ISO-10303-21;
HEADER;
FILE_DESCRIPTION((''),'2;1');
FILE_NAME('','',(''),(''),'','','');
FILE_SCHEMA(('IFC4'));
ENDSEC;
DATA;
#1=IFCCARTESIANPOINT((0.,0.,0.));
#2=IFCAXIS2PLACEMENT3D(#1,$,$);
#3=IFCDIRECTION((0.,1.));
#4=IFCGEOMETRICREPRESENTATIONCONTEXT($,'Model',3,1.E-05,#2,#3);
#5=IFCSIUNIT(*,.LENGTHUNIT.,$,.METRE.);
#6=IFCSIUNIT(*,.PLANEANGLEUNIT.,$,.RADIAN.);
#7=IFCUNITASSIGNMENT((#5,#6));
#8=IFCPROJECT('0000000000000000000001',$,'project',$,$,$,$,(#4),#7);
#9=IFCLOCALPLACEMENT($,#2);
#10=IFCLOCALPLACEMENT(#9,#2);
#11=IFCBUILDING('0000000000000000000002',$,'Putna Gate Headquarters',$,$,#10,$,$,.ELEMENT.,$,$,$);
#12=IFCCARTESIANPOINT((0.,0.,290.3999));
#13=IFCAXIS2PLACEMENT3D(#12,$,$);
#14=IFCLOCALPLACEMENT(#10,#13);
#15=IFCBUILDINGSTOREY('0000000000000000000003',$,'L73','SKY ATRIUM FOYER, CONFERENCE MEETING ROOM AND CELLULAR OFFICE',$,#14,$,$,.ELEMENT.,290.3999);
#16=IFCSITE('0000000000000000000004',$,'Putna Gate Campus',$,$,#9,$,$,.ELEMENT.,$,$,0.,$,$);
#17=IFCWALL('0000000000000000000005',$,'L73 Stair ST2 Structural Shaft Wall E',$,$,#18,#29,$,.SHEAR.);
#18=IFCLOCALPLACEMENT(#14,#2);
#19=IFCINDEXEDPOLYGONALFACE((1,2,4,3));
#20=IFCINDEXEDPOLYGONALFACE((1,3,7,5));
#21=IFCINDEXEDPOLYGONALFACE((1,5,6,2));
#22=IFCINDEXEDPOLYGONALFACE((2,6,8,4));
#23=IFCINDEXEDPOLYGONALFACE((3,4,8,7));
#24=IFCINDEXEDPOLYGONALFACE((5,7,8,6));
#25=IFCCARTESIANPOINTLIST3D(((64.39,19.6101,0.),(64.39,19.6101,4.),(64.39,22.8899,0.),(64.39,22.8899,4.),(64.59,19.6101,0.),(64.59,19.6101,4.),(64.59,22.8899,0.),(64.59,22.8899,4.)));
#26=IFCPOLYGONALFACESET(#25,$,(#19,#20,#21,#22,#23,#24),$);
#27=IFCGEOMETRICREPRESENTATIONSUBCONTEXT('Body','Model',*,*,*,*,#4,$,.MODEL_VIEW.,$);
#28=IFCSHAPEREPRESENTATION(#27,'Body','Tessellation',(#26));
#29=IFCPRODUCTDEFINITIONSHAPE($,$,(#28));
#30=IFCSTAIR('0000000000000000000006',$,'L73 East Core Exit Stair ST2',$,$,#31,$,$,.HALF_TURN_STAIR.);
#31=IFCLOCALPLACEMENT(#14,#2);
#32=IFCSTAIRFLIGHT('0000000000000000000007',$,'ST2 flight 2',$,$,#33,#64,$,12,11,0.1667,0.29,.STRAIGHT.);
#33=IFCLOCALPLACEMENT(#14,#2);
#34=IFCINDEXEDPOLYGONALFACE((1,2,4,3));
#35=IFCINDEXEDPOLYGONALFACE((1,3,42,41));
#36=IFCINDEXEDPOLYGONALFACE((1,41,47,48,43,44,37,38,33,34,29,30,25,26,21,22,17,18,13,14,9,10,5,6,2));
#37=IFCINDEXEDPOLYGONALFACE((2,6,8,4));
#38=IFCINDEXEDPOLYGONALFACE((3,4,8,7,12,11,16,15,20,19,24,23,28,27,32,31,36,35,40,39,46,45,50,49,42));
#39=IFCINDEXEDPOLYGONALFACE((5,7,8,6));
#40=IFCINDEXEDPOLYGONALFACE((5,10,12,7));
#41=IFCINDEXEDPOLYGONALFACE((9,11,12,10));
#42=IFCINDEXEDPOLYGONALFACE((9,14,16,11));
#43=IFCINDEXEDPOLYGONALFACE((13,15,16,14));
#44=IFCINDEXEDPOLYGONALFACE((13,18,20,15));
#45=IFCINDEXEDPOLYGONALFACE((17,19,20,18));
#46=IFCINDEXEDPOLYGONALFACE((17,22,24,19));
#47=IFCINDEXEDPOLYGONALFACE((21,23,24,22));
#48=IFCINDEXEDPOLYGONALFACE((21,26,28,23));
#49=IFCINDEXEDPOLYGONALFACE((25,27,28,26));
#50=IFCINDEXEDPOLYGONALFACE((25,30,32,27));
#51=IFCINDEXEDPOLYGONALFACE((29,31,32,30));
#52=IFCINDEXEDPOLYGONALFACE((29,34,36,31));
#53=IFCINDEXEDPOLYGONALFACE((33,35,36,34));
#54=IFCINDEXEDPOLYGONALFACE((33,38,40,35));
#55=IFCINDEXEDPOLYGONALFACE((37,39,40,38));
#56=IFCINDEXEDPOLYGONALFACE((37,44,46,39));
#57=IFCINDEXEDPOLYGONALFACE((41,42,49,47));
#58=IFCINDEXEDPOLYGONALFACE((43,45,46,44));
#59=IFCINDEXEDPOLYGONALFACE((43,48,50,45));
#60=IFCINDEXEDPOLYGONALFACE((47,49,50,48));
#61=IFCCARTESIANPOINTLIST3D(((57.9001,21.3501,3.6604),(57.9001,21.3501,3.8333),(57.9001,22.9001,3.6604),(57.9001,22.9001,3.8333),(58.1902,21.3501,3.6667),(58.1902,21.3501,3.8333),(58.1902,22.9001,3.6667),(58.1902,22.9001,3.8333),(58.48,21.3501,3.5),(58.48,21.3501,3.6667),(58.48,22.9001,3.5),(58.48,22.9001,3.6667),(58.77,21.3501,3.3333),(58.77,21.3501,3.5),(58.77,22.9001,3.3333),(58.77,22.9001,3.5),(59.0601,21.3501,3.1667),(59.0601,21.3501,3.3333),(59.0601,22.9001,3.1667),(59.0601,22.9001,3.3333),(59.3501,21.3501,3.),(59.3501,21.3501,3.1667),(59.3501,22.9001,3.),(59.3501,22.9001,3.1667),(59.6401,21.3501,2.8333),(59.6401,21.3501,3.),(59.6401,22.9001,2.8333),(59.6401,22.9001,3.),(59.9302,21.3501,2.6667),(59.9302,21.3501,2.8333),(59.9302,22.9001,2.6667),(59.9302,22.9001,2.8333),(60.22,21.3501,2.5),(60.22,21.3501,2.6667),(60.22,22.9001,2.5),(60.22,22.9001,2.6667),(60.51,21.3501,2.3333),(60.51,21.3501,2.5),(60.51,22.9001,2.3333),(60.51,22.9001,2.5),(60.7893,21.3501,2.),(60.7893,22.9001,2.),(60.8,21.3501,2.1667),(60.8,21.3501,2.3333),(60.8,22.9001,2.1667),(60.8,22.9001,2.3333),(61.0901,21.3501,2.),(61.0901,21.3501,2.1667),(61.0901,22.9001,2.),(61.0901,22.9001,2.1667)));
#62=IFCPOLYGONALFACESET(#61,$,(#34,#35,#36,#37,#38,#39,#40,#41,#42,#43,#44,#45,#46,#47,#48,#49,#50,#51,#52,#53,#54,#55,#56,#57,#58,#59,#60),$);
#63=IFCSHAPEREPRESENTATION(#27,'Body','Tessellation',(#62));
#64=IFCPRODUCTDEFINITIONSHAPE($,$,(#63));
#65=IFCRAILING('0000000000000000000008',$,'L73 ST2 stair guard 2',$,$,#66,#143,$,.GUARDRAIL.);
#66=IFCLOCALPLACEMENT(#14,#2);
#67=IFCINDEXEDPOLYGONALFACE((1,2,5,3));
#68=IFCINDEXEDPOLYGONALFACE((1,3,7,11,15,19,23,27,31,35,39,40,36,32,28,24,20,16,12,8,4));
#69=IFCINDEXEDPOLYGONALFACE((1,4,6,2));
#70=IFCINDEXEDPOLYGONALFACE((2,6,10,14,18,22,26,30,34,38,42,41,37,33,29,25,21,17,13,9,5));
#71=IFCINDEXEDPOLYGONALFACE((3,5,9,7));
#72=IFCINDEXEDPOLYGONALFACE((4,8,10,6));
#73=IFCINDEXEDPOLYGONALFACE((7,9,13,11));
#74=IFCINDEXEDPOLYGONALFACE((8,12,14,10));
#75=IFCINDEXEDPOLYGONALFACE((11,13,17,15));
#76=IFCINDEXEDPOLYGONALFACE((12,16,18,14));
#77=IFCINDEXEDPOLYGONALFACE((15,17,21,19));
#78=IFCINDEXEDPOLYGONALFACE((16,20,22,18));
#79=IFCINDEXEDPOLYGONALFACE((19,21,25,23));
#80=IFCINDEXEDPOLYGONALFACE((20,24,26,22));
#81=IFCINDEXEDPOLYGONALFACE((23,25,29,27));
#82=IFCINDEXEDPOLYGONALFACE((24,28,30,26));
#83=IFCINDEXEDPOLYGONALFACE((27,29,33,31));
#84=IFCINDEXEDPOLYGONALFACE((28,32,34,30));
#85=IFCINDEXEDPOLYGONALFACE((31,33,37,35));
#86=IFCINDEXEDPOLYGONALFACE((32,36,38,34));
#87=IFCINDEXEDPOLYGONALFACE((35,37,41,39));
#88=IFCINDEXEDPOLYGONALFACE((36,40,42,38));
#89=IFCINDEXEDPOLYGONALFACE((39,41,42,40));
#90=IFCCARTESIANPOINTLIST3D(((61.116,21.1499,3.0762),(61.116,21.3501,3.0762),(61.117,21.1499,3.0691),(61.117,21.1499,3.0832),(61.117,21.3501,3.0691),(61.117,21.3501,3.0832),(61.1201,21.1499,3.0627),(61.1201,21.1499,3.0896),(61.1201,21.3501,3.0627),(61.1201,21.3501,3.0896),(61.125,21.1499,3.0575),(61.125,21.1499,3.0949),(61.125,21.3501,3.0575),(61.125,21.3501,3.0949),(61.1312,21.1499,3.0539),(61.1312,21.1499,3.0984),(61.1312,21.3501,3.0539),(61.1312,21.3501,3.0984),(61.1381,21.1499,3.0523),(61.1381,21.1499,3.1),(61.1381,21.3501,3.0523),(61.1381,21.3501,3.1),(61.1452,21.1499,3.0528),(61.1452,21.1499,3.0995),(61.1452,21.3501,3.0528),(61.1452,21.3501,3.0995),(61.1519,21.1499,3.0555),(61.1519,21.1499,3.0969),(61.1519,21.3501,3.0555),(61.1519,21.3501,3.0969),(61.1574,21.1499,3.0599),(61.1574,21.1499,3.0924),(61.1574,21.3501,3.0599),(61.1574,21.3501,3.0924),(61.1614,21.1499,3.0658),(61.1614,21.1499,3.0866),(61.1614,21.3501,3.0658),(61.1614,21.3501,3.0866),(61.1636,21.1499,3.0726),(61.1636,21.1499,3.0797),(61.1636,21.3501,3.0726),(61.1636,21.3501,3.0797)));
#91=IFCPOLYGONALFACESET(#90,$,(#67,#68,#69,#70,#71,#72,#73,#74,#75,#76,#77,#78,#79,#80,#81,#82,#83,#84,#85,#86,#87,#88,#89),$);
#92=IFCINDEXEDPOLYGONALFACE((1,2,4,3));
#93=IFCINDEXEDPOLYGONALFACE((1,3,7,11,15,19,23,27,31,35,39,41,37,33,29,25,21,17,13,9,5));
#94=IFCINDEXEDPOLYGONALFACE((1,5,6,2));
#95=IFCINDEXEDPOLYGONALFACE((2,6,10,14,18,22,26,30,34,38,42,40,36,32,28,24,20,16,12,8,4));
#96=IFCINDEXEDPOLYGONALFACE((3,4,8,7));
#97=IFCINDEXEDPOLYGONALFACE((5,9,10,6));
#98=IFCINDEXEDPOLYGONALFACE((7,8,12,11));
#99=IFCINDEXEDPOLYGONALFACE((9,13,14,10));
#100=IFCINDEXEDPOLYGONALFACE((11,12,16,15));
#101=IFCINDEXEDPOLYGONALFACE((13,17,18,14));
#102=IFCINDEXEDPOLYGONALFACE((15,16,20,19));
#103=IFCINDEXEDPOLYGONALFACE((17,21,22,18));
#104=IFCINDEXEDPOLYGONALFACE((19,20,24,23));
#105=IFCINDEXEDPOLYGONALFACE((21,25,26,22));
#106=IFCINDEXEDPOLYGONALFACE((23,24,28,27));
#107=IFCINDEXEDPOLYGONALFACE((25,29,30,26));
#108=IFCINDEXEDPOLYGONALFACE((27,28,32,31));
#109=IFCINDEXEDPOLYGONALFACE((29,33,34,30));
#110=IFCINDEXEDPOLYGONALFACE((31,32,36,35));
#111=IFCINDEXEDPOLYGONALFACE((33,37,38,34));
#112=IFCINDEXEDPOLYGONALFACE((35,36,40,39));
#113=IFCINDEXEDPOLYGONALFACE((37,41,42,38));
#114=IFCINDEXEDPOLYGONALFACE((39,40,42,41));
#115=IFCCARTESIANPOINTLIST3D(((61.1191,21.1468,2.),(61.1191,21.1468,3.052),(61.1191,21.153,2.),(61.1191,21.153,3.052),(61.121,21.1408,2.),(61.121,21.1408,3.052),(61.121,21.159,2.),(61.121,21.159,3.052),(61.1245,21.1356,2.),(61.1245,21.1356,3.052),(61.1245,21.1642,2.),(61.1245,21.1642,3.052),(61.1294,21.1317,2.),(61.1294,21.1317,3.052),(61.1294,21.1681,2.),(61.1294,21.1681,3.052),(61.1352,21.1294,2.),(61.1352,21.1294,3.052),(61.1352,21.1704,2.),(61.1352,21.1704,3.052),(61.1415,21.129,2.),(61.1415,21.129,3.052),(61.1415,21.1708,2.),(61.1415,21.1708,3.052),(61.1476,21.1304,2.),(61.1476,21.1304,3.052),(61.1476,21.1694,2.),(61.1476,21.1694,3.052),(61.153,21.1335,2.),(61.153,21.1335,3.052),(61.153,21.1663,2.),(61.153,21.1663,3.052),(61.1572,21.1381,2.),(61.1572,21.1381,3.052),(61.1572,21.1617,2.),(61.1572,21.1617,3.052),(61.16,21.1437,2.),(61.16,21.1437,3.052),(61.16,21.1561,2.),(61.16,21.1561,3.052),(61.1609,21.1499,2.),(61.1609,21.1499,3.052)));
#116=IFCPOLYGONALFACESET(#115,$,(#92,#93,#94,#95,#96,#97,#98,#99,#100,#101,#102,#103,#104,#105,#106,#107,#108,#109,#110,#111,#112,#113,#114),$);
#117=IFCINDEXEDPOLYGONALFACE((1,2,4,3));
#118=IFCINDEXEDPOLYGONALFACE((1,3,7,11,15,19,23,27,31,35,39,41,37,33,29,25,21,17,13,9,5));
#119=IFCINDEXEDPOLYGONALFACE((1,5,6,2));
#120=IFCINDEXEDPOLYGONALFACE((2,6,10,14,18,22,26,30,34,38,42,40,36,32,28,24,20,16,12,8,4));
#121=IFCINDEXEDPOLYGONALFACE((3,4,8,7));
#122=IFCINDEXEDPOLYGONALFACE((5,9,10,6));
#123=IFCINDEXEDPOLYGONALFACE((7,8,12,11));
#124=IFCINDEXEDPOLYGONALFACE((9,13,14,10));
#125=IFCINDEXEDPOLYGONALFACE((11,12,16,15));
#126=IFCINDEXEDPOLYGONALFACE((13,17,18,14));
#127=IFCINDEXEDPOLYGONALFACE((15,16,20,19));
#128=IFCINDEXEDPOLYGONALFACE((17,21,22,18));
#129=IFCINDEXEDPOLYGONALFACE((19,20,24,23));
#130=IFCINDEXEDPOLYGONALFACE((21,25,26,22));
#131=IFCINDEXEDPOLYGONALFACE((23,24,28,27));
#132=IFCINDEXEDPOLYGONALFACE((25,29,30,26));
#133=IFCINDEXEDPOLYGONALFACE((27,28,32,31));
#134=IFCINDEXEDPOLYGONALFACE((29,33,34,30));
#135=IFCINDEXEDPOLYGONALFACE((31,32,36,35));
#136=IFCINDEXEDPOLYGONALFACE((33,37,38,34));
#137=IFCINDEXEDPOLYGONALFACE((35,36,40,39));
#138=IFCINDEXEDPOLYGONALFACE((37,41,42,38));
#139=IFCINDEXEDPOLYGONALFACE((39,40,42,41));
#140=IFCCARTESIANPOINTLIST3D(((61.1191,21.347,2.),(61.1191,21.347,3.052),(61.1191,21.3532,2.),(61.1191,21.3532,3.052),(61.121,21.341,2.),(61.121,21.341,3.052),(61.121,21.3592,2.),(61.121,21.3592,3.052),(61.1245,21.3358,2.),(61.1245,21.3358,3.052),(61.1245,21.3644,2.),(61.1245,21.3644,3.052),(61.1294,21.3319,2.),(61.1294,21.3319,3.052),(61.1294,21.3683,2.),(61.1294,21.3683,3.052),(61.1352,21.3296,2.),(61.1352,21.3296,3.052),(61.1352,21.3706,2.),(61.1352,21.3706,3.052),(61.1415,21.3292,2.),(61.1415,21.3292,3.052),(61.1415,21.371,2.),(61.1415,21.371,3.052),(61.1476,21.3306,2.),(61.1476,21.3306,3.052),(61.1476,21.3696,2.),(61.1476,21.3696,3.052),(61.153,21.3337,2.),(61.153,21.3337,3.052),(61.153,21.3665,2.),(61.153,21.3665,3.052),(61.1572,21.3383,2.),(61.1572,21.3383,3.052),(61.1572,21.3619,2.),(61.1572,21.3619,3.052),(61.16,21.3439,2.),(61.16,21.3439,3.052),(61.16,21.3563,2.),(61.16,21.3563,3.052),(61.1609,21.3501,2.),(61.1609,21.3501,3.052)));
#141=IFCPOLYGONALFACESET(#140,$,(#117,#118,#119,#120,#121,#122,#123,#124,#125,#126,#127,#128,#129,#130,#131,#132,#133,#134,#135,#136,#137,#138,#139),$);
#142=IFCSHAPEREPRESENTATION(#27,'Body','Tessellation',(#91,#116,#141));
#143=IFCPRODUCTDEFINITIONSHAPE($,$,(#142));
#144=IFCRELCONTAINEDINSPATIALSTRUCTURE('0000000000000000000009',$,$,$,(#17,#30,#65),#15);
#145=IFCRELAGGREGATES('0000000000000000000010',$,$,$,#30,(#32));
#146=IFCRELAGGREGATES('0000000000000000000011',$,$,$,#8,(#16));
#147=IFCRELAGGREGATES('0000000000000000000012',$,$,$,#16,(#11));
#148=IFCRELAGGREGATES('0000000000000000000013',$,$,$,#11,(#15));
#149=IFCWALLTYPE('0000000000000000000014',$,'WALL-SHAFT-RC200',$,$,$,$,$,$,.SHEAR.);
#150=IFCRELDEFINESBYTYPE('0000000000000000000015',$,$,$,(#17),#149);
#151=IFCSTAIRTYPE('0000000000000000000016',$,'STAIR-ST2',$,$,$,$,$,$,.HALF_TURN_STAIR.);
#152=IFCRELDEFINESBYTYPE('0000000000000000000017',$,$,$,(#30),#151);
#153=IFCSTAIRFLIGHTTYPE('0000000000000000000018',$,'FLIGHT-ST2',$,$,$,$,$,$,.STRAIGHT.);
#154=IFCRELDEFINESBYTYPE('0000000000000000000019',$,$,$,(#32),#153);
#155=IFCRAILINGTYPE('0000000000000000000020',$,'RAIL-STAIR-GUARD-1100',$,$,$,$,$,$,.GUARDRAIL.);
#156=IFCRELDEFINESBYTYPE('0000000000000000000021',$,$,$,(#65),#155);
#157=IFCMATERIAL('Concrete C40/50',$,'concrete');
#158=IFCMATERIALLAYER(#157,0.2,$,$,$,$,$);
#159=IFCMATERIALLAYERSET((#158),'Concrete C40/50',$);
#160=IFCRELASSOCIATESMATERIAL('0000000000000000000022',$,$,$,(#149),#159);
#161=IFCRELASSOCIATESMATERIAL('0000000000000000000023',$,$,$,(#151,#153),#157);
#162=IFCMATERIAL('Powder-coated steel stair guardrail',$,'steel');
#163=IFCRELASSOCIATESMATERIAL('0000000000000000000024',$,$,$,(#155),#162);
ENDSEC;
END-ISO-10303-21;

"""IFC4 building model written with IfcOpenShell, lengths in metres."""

from ifc_helpers import new_model, si_unit, direction, frame, frame_2d, origin, origin_2d, place, context, subcontext, project, spatial, polyline, rectangle, circle, outline, extrude, material, layer, layer_set, type_object, element, aggregate, save


model = new_model("IFC4")

# Units and contexts
model_context = context("Model", 3, precision=1e-05, world=origin(), true_north=direction((0.0, 1.0)))
body_context = subcontext(model_context, "Body", "Model", "MODEL_VIEW")
ifc_project = project(units=[si_unit("LENGTHUNIT", "METRE"), si_unit("PLANEANGLEUNIT", "RADIAN")], contexts=[model_context])

# Site, building, storey
site_placement = place(None, origin())
site = spatial("IfcSite", under=ifc_project, at=site_placement, Name="Putna Gate Campus", CompositionType="ELEMENT", RefElevation=0.0)
building_placement = place(site_placement, origin())
building = spatial("IfcBuilding", under=site, at=building_placement, Name="Putna Gate Headquarters", CompositionType="ELEMENT")
storey_placement = place(building_placement, frame((0.0, 0.0, 290.3999)))
storey = spatial("IfcBuildingStorey", under=building, at=storey_placement, Name="L73", Description="SKY ATRIUM FOYER, CONFERENCE MEETING ROOM AND CELLULAR OFFICE", CompositionType="ELEMENT", Elevation=290.3999)

# Wall
ifc_material_1 = material(Name="Concrete C40/50", Category="concrete")
ifc_layer_1 = layer(ifc_material_1, 0.2)
ifc_layer_set_1 = layer_set([ifc_layer_1], Name="Concrete C40/50")
wall_type_1 = type_object("IfcWallType", Name="WALL-SHAFT-RC200", PredefinedType="SHEAR", material=ifc_layer_set_1)
wall_1_placement = place(storey_placement, frame((64.49, 19.6101, 0.0), z_axis=(0.0, 0.0, 1.0), x_axis=(0.0, 1.0, 0.0)))
element("IfcWall", 1, at=wall_1_placement, inside=storey, type_object=wall_type_1, Name="L73 Stair ST2 Structural Shaft Wall E", PredefinedType="SHEAR", context=body_context, shape_type="SweptSolid", body=[
    extrude(rectangle(XDim=3.2798, YDim=0.2, at=frame_2d((1.6399, 0.0))), origin(), (0.0, 0.0, 1.0), 4.0),
])

# Stair, stair flight
stair_type = type_object("IfcStairType", Name="STAIR-ST2", PredefinedType="HALF_TURN_STAIR", material=ifc_material_1)
stair_placement = place(storey_placement, origin())
stair = element("IfcStair", 2, at=stair_placement, inside=storey, type_object=stair_type, Name="L73 East Core Exit Stair ST2", PredefinedType="HALF_TURN_STAIR")
stair_flight_type = type_object("IfcStairFlightType", Name="FLIGHT-ST2", PredefinedType="STRAIGHT", material=ifc_material_1)
stair_flight_placement = place(storey_placement, frame((61.0901, 22.125, 2.0), z_axis=(0.0, 0.0, 1.0), x_axis=(-1.0, 0.0, 0.0)))
stair_flight = element("IfcStairFlight", 3, at=stair_flight_placement, type_object=stair_flight_type, Name="ST2 flight 2", NumberOfRisers=12, NumberOfTreads=11, PredefinedType="STRAIGHT", RiserHeight=0.1667, TreadLength=0.29, context=body_context, shape_type="SweptSolid", body=[
    extrude(outline(polyline([(0.0, 0.0), (0.0, 0.1667), (0.29, 0.1667), (0.29, 0.3333), (0.5801, 0.3333), (0.5801, 0.5), (0.8701, 0.5), (0.8701, 0.6667), (1.1599, 0.6667), (1.1599, 0.8333), (1.45, 0.8333), (1.45, 1.0), (1.74, 1.0), (1.74, 1.1667), (2.03, 1.1667), (2.03, 1.3333), (2.3201, 1.3333), (2.3201, 1.5), (2.6101, 1.5), (2.6101, 1.6667), (2.8999, 1.6667), (2.8999, 1.8333), (3.1899, 1.8333), (3.1899, 2.0), (3.1899, 1.6604), (0.3008, 0.0), (0.0, 0.0)])), frame((0.0, 0.7749, 0.0), z_axis=(0.0, -1.0, 0.0), x_axis=(1.0, 0.0, 0.0)), (0.0, 0.0, 1.0), 1.55),
])
aggregate(stair, [stair_flight])

# Railing
ifc_material_2 = material(Name="Powder-coated steel stair guardrail", Category="steel")
railing_type_1 = type_object("IfcRailingType", Name="RAIL-STAIR-GUARD-1100", PredefinedType="GUARDRAIL", material=ifc_material_2)
railing_1_placement = place(storey_placement, frame((61.1399, 21.1499, 2.0)))
element("IfcRailing", 4, at=railing_1_placement, inside=storey, type_object=railing_type_1, Name="L73 ST2 stair guard 2", PredefinedType="GUARDRAIL", context=body_context, shape_type="SweptSolid", body=[
    extrude(circle(Radius=0.0239, at=origin_2d()), frame((0.0, 0.0, 1.0762), z_axis=(0.0, 1.0, 0.0), x_axis=(-1.0, 0.0, 0.0)), (0.0, 0.0, 1.0), 0.2002),
    extrude(circle(Radius=0.021, at=origin_2d()), origin(), (0.0, 0.0, 1.0), 1.052),
    extrude(circle(Radius=0.021, at=origin_2d()), frame((0.0, 0.2002, 0.0)), (0.0, 0.0, 1.0), 1.052),
])

save(model, "model.ifc")
